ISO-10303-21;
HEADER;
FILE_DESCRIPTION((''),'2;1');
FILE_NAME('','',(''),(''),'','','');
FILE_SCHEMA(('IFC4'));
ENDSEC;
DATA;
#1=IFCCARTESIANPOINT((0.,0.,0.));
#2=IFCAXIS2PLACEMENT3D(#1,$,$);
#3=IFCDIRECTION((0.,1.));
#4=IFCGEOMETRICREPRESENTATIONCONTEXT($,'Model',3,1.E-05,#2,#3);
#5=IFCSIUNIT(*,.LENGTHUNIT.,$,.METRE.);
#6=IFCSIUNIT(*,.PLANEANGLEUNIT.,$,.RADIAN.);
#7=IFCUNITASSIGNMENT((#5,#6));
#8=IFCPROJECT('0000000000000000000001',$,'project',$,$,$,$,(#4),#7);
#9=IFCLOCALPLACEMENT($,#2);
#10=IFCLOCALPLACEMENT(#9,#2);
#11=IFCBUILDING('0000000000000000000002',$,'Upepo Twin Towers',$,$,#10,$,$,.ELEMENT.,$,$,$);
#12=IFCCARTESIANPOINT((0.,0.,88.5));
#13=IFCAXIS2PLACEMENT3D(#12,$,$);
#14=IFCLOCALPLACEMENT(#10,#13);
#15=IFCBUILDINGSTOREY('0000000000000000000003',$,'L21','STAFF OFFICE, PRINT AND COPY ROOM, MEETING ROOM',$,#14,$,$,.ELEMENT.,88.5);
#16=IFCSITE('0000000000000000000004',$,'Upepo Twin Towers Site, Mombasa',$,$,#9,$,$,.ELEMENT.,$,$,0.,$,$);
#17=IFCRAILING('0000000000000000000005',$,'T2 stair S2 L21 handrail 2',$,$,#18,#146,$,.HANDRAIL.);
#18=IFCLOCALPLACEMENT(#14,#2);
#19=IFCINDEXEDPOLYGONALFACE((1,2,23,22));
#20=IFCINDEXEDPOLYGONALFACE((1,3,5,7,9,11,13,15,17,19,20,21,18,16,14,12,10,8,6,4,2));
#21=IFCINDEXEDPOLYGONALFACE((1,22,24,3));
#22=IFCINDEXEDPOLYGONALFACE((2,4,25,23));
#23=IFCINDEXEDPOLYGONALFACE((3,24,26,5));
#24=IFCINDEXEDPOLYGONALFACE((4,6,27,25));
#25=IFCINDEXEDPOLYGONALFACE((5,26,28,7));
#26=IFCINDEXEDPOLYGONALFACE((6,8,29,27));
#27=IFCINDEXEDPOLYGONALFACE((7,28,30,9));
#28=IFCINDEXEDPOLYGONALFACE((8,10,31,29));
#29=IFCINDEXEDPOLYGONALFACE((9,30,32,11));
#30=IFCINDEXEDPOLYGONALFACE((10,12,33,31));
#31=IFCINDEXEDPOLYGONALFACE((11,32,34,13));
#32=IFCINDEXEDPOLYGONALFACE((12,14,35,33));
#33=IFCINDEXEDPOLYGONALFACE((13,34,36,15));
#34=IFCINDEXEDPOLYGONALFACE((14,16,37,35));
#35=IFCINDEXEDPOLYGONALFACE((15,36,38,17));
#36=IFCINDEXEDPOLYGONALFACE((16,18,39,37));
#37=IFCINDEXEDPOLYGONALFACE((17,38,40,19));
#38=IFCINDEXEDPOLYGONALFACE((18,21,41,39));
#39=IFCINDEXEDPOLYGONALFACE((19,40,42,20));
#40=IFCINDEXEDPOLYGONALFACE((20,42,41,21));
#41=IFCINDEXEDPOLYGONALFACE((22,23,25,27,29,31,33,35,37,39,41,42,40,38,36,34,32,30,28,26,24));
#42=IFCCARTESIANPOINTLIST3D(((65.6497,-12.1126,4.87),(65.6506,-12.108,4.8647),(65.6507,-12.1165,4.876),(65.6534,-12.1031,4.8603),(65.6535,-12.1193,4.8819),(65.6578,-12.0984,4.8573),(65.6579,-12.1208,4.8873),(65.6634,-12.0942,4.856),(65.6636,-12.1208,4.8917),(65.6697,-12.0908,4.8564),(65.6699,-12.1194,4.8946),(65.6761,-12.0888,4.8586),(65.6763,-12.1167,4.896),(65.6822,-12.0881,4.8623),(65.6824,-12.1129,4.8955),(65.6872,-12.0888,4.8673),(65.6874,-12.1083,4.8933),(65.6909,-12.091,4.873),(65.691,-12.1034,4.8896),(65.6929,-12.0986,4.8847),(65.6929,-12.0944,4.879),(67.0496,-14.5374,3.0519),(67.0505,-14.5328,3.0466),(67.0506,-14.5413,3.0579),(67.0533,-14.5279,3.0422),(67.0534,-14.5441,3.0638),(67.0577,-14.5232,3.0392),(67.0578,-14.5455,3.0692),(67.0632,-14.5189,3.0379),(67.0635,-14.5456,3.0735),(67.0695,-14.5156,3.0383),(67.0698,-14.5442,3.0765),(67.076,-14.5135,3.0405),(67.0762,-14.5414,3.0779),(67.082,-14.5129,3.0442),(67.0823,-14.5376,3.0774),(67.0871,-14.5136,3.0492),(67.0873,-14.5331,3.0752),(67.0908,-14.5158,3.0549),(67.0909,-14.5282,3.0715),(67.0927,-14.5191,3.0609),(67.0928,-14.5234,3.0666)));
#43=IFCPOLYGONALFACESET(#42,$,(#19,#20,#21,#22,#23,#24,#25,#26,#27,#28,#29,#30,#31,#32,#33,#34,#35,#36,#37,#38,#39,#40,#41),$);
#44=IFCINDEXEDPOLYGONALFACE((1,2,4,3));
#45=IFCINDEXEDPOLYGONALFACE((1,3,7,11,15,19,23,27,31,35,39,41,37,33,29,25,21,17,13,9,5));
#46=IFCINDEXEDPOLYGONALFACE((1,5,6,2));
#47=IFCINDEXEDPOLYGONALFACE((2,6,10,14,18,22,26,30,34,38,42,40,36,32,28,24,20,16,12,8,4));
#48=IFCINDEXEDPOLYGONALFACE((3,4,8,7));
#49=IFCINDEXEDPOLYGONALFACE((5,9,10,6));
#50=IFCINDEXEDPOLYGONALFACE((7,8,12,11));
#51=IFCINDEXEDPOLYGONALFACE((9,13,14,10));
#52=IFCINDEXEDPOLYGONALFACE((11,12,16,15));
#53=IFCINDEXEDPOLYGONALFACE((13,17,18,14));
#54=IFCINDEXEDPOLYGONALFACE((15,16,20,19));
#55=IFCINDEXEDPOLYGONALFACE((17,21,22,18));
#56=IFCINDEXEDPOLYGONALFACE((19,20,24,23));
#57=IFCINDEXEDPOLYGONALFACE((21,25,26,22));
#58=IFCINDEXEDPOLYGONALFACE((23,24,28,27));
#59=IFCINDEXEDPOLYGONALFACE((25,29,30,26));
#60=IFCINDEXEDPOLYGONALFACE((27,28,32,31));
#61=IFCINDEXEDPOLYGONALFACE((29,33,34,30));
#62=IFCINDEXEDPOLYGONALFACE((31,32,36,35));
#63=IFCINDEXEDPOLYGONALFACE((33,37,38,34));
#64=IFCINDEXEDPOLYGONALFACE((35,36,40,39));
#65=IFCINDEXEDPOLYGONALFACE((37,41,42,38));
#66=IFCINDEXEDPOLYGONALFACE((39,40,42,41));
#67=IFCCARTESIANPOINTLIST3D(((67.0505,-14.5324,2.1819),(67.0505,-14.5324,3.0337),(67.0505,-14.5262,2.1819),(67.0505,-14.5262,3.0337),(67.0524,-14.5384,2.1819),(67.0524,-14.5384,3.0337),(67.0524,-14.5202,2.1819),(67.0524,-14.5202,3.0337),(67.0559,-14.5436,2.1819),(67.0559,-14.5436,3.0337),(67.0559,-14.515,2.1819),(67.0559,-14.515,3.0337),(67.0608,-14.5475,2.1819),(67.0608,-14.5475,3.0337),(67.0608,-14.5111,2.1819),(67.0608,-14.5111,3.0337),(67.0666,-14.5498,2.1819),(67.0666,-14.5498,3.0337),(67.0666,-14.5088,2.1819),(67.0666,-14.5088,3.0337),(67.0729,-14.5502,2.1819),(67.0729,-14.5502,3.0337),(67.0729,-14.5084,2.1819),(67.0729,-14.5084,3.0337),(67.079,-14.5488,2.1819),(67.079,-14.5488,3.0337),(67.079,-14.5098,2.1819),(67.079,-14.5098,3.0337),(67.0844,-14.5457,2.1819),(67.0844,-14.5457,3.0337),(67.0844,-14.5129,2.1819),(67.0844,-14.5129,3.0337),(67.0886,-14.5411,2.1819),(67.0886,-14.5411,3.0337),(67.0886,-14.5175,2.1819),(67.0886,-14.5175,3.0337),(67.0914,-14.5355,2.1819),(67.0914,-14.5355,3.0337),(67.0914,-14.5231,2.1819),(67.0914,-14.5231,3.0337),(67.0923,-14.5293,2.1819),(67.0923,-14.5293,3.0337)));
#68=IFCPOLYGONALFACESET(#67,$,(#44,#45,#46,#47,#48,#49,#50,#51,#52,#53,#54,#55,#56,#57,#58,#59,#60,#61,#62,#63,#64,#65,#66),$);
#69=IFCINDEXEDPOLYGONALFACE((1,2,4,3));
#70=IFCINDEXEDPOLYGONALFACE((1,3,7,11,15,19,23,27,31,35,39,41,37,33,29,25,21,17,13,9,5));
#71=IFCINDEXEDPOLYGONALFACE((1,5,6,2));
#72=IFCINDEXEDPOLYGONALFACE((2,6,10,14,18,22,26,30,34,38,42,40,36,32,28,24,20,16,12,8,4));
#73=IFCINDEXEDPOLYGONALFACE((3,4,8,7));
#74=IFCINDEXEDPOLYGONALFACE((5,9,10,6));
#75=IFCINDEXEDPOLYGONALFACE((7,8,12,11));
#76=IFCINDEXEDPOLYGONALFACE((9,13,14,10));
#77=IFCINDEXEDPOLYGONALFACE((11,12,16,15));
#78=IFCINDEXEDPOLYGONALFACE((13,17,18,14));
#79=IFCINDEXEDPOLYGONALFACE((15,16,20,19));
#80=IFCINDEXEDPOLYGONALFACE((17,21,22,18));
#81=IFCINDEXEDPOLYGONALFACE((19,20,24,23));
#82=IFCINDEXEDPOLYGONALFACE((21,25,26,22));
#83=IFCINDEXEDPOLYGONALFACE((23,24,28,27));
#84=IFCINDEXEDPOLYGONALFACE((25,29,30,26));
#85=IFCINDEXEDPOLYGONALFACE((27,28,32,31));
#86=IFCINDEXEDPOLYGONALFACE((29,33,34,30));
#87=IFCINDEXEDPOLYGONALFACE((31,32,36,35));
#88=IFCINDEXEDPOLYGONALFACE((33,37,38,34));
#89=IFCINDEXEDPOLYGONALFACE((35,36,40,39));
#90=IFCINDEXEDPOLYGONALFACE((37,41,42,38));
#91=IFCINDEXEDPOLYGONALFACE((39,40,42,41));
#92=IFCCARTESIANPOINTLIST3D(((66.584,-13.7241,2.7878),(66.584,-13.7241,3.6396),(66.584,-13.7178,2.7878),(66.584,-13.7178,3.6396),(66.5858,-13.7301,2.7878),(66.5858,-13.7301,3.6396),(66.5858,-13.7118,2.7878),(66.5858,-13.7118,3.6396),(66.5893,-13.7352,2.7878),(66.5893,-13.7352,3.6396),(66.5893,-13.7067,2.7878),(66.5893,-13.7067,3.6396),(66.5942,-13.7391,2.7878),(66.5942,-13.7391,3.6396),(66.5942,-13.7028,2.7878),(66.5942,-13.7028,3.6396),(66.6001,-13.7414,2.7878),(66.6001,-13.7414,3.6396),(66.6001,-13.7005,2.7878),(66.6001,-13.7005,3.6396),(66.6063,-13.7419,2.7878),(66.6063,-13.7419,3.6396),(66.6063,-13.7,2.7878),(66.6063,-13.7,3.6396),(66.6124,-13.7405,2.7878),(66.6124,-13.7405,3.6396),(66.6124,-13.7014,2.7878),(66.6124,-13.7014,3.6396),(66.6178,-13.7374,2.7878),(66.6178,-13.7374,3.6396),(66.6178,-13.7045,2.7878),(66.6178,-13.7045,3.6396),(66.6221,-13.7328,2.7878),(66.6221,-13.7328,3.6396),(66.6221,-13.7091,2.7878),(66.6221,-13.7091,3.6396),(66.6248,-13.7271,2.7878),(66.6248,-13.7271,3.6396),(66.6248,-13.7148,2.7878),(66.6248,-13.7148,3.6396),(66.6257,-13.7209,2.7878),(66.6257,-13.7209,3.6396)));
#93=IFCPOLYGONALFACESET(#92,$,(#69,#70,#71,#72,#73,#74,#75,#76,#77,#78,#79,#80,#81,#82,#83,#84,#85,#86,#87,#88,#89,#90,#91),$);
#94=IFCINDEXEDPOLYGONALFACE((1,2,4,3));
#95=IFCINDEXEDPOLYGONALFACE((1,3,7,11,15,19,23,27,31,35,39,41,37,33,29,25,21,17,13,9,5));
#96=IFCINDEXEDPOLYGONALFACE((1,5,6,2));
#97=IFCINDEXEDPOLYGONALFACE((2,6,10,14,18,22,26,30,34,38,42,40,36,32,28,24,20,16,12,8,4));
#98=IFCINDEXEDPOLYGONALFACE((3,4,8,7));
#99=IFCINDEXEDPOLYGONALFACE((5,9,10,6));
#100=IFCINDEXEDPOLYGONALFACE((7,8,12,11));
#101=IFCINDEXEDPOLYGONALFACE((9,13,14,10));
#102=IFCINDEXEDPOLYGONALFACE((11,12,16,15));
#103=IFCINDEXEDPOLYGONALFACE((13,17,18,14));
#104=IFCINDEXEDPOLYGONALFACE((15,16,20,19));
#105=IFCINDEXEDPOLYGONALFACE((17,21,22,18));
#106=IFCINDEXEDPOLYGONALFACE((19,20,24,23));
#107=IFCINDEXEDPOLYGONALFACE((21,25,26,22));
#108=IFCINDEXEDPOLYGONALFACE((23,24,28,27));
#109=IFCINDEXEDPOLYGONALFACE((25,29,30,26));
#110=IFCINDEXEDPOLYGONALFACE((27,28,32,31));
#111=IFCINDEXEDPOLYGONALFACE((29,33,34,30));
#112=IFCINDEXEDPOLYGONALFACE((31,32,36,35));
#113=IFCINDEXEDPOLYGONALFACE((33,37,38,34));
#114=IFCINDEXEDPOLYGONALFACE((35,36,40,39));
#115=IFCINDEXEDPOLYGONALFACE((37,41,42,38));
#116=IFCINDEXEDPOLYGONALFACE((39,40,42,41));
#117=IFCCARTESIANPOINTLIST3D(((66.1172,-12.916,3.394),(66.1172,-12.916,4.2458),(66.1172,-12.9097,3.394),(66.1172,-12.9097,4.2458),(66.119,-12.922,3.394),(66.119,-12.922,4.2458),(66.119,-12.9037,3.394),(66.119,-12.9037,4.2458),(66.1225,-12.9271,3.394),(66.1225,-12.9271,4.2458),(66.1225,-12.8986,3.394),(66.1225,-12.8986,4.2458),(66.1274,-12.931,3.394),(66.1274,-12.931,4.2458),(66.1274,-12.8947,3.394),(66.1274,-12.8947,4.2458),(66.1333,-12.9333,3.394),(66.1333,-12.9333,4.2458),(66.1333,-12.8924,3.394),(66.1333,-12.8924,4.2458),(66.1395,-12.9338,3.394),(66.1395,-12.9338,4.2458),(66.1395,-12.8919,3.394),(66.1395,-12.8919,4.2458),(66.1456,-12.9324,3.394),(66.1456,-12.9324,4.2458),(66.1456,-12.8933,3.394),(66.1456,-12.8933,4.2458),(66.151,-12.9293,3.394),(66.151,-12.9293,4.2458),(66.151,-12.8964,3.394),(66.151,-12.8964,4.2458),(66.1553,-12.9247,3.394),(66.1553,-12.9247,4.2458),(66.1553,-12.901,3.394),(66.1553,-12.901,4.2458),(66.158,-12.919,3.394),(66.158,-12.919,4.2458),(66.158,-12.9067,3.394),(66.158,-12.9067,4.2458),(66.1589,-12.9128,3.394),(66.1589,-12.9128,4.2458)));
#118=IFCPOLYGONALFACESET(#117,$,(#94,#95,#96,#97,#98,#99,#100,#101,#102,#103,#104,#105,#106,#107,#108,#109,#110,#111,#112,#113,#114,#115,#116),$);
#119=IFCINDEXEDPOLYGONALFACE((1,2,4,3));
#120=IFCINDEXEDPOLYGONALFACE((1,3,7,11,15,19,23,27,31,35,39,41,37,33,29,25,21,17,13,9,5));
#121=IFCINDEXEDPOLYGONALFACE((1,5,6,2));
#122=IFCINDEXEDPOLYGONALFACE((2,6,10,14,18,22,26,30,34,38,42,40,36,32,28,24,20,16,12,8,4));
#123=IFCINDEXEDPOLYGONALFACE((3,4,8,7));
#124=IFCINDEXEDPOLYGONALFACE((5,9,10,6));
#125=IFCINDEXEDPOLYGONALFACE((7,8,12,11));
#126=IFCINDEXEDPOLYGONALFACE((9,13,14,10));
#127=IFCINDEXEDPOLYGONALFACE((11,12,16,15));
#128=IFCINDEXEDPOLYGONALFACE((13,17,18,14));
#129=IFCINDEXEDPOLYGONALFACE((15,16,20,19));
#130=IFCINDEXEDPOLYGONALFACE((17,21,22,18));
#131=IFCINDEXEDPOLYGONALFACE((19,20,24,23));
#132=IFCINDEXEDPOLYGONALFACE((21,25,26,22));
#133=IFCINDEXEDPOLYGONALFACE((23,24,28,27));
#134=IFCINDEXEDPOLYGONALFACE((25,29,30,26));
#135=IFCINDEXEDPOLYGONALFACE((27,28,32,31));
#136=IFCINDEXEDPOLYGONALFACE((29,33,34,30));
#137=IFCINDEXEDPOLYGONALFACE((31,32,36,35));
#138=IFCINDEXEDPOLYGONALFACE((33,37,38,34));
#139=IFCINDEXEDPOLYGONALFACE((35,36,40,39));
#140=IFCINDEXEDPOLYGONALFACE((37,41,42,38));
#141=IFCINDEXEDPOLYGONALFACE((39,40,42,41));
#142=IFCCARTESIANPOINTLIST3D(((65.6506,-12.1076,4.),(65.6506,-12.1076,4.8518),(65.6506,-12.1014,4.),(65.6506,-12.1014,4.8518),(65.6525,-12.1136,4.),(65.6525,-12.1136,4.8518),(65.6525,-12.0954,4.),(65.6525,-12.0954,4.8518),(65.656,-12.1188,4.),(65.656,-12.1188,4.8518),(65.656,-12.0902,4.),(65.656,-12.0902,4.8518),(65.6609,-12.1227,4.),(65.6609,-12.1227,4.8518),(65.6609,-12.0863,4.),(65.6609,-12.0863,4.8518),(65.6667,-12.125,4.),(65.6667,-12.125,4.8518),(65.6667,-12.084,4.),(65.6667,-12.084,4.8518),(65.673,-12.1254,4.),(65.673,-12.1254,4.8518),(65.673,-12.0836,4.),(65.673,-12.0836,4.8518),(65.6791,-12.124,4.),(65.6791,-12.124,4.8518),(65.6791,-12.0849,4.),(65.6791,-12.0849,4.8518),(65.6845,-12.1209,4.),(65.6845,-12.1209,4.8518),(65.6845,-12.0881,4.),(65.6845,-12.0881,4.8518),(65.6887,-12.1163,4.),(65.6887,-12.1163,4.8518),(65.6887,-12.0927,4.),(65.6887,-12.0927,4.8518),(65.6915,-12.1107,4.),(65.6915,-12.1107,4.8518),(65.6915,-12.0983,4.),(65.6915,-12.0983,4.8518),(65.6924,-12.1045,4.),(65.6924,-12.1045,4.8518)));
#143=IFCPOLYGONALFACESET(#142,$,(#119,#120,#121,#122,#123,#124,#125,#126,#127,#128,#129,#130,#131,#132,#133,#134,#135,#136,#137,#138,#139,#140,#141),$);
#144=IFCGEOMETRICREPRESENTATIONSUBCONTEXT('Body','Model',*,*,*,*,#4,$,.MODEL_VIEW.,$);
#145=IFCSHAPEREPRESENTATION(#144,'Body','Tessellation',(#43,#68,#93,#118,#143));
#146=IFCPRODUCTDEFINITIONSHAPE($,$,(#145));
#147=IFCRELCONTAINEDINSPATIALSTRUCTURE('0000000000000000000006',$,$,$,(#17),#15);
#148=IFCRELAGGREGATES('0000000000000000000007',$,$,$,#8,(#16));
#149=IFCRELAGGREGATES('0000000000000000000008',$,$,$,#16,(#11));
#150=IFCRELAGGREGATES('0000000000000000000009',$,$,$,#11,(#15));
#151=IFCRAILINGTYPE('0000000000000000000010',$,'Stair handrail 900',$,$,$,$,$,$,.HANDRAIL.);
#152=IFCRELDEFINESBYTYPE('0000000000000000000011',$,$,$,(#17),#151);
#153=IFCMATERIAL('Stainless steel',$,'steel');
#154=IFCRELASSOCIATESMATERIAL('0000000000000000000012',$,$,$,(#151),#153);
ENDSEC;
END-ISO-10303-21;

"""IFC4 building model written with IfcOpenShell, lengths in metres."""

from ifc_helpers import new_model, si_unit, direction, frame, origin, origin_2d, place, context, subcontext, project, spatial, circle, extrude, material, type_object, element, save


model = new_model("IFC4")

# Units and contexts
model_context = context("Model", 3, precision=1e-05, world=origin(), true_north=direction((0.0, 1.0)))
body_context = subcontext(model_context, "Body", "Model", "MODEL_VIEW")
ifc_project = project(units=[si_unit("LENGTHUNIT", "METRE"), si_unit("PLANEANGLEUNIT", "RADIAN")], contexts=[model_context])

# Site, building, storey
site_placement = place(None, origin())
site = spatial("IfcSite", under=ifc_project, at=site_placement, Name="Upepo Twin Towers Site, Mombasa", CompositionType="ELEMENT", RefElevation=0.0)
building_placement = place(site_placement, origin())
building = spatial("IfcBuilding", under=site, at=building_placement, Name="Upepo Twin Towers", CompositionType="ELEMENT")
storey_placement = place(building_placement, frame((0.0, 0.0, 88.5)))
storey = spatial("IfcBuildingStorey", under=building, at=storey_placement, Name="L21", Description="STAFF OFFICE, PRINT AND COPY ROOM, MEETING ROOM", CompositionType="ELEMENT", Elevation=88.5)

# Railing
ifc_material_1 = material(Name="Stainless steel", Category="steel")
railing_type = type_object("IfcRailingType", Name="Stair handrail 900", PredefinedType="HANDRAIL", material=ifc_material_1)
railing_1_placement = place(storey_placement, frame((67.0713, -14.5293, 2.1819)))
element("IfcRailing", 1, at=railing_1_placement, inside=storey, type_object=railing_type, Name="T2 stair S2 L21 handrail 2", PredefinedType="HANDRAIL", context=body_context, shape_type="SweptSolid", body=[
    extrude(circle(Radius=0.0239, at=origin_2d()), frame((0.0, 0.0, 0.876), z_axis=(-0.419333, 0.726336, 0.544606), x_axis=(-0.866035, -0.499984, 0.0)), (0.0, 0.0, 1.0), 3.3384),
    extrude(circle(Radius=0.021, at=origin_2d()), origin(), (0.0, 0.0, 1.0), 0.8518),
    extrude(circle(Radius=0.021, at=origin_2d()), frame((-0.4666, 0.8083, 0.606)), (0.0, 0.0, 1.0), 0.8518),
    extrude(circle(Radius=0.021, at=origin_2d()), frame((-0.9333, 1.6165, 1.2122)), (0.0, 0.0, 1.0), 0.8518),
    extrude(circle(Radius=0.021, at=origin_2d()), frame((-1.3999, 2.4248, 1.8181)), (0.0, 0.0, 1.0), 0.8518),
])

save(model, "model.ifc")
